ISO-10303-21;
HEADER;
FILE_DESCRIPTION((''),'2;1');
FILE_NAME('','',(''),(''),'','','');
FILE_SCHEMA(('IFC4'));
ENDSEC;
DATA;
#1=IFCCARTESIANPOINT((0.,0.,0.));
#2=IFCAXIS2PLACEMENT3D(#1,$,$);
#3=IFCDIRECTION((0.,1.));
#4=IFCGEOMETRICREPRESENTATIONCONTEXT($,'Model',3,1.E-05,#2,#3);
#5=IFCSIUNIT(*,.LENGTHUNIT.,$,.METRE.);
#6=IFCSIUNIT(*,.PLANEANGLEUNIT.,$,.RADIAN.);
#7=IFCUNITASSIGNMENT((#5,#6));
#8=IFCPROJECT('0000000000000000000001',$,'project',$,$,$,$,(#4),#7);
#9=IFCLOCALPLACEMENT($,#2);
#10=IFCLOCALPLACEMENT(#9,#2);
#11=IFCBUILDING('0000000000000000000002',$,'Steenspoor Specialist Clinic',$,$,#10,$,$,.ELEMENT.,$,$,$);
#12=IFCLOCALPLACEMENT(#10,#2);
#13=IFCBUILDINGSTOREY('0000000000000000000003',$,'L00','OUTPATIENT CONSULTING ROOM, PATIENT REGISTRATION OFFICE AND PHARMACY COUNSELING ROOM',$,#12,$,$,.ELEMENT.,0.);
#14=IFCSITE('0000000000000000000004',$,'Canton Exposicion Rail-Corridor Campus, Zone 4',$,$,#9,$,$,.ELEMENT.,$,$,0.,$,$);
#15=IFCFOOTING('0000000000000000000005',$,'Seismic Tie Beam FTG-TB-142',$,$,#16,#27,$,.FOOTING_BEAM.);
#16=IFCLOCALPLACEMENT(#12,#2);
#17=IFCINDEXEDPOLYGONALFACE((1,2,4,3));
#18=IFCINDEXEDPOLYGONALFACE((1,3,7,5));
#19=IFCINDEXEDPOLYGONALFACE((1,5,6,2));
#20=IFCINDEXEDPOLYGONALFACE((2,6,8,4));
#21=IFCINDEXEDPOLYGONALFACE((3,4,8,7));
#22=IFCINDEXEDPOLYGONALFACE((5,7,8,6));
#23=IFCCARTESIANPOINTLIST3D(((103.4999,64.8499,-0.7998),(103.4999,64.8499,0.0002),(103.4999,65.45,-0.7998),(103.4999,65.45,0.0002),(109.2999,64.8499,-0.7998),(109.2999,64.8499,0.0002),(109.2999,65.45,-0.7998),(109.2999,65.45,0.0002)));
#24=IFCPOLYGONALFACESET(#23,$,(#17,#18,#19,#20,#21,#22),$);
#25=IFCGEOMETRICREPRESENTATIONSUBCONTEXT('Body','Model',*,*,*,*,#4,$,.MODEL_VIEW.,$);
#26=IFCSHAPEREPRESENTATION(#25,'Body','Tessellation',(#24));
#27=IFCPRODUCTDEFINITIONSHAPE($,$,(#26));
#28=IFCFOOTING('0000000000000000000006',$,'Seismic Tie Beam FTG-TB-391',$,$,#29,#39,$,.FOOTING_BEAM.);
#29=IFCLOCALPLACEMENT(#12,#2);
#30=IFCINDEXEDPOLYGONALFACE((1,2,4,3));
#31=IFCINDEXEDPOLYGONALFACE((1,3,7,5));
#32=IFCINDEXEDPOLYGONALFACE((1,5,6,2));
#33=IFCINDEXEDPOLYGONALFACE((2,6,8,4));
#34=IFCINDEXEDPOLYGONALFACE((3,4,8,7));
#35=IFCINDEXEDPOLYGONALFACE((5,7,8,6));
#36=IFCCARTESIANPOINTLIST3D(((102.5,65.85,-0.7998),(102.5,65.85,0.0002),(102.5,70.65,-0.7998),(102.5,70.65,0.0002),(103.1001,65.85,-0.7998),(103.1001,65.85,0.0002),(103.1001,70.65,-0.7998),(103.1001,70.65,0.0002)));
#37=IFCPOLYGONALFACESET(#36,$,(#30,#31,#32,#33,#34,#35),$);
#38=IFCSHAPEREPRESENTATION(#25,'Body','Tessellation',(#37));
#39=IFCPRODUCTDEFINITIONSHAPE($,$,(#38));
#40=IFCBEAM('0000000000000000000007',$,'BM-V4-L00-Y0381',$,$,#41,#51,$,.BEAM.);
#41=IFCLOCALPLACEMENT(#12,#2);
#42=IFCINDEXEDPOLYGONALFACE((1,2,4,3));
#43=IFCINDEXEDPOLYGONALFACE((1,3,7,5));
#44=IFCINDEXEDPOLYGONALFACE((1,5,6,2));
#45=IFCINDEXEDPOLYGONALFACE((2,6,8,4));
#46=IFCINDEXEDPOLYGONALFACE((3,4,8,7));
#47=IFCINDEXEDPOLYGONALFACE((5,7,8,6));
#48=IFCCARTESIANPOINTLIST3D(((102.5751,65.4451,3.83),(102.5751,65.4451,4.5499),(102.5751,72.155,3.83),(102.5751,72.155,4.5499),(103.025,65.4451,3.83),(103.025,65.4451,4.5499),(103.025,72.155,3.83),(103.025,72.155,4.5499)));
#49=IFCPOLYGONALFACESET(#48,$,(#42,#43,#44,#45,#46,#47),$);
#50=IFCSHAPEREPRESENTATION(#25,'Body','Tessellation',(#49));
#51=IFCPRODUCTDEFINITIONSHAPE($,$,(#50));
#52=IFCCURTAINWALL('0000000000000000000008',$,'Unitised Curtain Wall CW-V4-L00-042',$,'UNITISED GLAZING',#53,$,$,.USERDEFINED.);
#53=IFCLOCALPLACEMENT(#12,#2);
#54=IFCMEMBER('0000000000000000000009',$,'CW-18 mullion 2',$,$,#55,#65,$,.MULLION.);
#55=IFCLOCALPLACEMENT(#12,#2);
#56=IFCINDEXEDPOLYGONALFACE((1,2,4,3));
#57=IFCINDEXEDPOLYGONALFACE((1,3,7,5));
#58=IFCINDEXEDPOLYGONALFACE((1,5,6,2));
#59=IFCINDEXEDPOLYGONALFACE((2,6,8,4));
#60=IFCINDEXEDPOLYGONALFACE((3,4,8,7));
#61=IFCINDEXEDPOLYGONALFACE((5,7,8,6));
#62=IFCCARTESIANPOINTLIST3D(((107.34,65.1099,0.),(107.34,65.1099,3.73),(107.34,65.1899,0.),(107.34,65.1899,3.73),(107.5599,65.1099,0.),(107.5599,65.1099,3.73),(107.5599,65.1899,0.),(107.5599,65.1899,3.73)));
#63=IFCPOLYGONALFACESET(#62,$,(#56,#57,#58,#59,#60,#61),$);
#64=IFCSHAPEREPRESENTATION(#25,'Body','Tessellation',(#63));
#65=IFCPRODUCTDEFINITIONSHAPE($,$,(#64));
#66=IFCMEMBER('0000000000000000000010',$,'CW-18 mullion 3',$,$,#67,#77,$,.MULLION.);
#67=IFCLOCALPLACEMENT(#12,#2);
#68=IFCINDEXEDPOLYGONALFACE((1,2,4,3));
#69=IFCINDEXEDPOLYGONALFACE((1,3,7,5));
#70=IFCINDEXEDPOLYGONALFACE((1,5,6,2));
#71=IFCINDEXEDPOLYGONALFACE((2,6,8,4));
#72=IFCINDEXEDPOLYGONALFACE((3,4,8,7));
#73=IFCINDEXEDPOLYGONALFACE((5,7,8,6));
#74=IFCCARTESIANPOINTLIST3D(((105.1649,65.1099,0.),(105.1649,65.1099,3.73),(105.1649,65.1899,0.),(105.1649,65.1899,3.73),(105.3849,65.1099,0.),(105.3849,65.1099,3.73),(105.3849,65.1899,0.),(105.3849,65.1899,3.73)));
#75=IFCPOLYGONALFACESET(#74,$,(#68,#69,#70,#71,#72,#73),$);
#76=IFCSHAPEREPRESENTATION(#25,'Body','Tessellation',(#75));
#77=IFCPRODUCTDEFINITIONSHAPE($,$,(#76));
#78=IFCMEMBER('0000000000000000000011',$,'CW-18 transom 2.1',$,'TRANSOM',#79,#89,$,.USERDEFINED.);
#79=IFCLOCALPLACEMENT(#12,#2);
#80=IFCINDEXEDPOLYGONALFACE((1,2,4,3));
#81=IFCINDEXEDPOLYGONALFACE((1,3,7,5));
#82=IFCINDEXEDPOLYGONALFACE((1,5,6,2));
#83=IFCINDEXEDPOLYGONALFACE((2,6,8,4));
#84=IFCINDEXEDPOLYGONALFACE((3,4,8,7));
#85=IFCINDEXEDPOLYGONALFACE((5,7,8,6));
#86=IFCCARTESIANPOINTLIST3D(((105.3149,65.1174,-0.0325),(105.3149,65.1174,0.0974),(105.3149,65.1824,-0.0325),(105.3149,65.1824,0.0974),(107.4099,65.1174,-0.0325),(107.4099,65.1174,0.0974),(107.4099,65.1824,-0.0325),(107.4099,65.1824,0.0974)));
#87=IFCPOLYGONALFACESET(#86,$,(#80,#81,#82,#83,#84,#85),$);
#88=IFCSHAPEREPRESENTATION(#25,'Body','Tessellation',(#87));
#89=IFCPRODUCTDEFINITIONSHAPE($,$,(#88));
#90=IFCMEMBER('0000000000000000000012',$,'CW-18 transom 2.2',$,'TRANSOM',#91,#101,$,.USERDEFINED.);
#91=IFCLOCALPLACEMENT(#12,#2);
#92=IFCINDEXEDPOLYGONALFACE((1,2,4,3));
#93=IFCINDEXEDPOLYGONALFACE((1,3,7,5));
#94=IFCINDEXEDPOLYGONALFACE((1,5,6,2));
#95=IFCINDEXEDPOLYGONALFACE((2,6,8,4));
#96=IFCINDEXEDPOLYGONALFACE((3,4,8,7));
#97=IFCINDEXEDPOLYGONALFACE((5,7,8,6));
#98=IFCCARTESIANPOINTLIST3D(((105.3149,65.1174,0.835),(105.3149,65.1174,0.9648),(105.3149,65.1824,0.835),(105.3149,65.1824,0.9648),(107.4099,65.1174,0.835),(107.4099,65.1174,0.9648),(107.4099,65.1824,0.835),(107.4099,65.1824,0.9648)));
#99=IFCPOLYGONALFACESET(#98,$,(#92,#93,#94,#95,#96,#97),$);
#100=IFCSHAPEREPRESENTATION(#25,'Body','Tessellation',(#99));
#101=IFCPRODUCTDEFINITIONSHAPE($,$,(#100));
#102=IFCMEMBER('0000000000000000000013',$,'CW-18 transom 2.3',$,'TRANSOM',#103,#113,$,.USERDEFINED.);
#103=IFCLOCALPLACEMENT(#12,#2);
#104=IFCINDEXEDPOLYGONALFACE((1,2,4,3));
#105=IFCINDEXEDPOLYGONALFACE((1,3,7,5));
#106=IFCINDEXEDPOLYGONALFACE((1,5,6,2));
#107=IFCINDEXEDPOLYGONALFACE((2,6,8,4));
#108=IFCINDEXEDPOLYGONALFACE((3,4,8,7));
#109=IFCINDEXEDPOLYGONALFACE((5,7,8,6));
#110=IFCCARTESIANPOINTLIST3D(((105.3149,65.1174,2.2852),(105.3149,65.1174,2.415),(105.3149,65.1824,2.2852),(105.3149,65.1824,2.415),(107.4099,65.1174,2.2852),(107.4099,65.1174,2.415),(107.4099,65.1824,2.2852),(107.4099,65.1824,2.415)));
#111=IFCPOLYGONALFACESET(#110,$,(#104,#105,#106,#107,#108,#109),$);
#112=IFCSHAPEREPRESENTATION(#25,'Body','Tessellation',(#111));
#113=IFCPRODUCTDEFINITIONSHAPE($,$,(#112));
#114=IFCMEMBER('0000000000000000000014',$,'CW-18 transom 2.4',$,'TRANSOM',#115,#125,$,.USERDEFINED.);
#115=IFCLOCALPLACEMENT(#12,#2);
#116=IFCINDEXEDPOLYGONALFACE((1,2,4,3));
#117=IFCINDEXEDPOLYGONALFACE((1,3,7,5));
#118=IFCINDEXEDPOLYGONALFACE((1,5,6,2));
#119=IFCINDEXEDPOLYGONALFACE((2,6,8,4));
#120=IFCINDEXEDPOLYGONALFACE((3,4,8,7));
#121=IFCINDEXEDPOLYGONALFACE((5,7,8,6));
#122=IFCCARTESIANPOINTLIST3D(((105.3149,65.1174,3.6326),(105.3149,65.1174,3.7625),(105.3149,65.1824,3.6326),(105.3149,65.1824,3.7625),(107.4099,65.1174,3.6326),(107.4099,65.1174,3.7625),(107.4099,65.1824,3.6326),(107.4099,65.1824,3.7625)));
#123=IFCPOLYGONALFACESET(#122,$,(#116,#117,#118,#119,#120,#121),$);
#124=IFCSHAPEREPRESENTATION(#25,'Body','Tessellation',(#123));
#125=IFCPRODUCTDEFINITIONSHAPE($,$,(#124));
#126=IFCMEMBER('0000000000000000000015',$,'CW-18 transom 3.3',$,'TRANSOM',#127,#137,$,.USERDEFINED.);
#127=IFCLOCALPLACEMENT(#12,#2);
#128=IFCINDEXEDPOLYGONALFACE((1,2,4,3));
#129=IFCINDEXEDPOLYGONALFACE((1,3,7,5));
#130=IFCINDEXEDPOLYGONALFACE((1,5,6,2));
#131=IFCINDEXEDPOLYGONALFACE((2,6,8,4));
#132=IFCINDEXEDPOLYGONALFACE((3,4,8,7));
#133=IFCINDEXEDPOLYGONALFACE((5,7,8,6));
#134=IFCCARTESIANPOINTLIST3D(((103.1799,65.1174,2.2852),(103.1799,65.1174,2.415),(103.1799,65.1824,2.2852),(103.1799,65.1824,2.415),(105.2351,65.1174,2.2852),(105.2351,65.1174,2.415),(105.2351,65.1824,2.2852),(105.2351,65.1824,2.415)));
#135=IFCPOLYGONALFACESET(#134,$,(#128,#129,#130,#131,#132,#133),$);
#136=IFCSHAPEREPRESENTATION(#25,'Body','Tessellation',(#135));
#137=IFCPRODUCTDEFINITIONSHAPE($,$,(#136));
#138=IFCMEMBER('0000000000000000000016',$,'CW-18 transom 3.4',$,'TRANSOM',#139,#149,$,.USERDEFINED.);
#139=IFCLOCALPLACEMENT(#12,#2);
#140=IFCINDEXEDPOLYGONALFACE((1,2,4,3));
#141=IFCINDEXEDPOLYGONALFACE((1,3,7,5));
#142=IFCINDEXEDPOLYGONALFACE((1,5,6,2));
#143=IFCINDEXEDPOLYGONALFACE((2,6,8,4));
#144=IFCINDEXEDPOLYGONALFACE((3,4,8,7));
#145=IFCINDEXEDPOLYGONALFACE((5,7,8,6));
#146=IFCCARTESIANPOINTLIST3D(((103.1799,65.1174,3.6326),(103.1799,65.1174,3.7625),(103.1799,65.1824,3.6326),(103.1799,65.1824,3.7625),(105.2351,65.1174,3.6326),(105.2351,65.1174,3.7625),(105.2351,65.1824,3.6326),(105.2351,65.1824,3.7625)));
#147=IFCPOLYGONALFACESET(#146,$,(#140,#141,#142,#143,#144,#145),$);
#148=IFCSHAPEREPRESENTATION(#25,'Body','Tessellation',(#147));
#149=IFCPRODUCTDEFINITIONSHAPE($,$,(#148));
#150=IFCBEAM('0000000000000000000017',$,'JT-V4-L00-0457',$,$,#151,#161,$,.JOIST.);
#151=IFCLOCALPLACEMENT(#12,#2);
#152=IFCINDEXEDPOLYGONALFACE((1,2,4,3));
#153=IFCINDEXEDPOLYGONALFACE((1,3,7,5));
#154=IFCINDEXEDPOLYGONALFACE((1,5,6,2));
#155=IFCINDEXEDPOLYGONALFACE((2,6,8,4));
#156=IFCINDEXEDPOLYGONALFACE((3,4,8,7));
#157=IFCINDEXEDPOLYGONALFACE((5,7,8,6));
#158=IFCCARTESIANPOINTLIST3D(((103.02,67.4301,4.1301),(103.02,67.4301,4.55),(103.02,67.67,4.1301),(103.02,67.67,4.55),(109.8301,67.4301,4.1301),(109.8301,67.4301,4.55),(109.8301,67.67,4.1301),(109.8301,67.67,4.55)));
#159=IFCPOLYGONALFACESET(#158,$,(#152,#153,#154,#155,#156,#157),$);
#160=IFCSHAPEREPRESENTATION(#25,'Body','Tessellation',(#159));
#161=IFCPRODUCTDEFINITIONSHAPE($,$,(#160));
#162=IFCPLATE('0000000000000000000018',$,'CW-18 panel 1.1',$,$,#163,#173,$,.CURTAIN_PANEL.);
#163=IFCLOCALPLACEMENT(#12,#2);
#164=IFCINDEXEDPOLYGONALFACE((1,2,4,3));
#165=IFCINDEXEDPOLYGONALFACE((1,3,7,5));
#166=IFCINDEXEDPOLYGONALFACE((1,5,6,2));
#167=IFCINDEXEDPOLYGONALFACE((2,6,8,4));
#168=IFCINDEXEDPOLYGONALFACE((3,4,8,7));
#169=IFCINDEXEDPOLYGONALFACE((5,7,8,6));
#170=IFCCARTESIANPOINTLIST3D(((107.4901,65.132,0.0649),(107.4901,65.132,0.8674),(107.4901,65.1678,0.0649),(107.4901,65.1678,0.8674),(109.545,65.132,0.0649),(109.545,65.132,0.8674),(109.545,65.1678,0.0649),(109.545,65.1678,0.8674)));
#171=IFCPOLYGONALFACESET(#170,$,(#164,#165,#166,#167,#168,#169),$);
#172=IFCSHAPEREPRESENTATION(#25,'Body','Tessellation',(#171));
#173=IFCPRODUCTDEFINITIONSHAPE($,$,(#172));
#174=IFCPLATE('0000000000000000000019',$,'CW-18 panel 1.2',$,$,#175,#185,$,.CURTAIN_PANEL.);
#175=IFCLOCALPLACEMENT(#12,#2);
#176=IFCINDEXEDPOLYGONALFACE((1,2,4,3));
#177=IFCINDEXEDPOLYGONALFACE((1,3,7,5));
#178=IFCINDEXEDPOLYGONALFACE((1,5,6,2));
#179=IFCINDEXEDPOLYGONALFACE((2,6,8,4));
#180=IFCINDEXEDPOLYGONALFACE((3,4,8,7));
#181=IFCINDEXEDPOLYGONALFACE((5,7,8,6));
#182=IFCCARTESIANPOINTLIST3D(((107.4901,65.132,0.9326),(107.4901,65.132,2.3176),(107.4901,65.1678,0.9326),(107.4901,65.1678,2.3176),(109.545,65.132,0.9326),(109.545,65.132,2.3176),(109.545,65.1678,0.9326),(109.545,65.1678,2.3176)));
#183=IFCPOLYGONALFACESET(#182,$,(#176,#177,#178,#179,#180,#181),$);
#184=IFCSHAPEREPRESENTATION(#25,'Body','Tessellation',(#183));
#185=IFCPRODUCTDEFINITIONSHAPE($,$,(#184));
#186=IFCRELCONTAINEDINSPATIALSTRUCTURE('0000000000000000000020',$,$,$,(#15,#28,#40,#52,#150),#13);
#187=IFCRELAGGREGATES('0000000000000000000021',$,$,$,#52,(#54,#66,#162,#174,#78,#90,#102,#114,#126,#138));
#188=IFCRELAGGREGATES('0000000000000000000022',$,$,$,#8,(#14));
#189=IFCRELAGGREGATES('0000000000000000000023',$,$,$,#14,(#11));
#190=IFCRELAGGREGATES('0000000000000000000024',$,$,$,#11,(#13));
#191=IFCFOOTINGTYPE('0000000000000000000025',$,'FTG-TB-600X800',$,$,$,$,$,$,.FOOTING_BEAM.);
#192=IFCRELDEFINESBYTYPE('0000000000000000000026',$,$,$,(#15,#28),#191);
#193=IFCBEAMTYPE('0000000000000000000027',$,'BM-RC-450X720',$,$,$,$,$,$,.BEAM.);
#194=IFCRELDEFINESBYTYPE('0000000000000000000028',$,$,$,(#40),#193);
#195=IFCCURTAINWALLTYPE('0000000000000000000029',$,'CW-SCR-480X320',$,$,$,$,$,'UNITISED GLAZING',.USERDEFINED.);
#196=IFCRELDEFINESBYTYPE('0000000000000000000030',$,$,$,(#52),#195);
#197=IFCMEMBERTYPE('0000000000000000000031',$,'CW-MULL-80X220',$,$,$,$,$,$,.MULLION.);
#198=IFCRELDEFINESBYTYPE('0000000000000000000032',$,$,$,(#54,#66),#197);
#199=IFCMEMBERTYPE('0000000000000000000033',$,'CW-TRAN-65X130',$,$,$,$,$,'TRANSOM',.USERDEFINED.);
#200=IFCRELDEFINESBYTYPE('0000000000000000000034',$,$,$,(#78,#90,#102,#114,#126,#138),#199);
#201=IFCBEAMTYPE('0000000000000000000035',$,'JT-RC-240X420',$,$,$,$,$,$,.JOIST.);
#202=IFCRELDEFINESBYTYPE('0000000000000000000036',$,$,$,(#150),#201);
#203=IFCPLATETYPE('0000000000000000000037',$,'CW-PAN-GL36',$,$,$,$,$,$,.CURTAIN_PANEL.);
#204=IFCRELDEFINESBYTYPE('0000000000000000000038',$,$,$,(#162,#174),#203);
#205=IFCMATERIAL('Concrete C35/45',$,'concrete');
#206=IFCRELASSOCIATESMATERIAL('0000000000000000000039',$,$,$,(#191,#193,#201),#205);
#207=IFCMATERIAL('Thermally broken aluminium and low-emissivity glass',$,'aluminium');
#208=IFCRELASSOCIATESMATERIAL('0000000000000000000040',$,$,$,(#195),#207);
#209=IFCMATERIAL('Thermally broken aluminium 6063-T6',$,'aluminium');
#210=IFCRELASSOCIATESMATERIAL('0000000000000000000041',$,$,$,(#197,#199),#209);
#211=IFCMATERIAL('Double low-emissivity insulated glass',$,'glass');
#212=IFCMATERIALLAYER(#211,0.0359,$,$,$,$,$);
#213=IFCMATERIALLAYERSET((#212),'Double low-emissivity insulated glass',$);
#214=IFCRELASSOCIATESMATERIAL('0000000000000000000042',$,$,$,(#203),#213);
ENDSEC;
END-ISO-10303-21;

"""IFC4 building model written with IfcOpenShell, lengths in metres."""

from ifc_helpers import new_model, si_unit, direction, frame, origin, origin_2d, place, context, subcontext, project, spatial, rectangle, extrude, material, layer, layer_set, material_profile, profile_set, type_object, element, aggregate, save


model = new_model("IFC4")

# Units and contexts
model_context = context("Model", 3, precision=1e-05, world=origin(), true_north=direction((0.0, 1.0)))
body_context = subcontext(model_context, "Body", "Model", "MODEL_VIEW")
ifc_project = project(units=[si_unit("LENGTHUNIT", "METRE"), si_unit("PLANEANGLEUNIT", "RADIAN")], contexts=[model_context])

# Site, building, storey
site_placement = place(None, origin())
site = spatial("IfcSite", under=ifc_project, at=site_placement, Name="Canton Exposicion Rail-Corridor Campus, Zone 4", CompositionType="ELEMENT", RefElevation=0.0)
building_placement = place(site_placement, origin())
building = spatial("IfcBuilding", under=site, at=building_placement, Name="Steenspoor Specialist Clinic", CompositionType="ELEMENT")
storey_placement = place(building_placement, origin())
storey = spatial("IfcBuildingStorey", under=building, at=storey_placement, Name="L00", Description="OUTPATIENT CONSULTING ROOM, PATIENT REGISTRATION OFFICE AND PHARMACY COUNSELING ROOM", CompositionType="ELEMENT", Elevation=0.0)

# Footings
ifc_material_1 = material(Name="Concrete C35/45", Category="concrete")
footing_type = type_object("IfcFootingType", Name="FTG-TB-600X800", PredefinedType="FOOTING_BEAM", material=ifc_material_1)
footing_1_placement = place(storey_placement, frame((106.3999, 65.1499, -0.7998), z_axis=(0.0, 0.0, 1.0), x_axis=(1.0, 0.0, 0.0)))
element("IfcFooting", 1, at=footing_1_placement, inside=storey, type_object=footing_type, Name="Seismic Tie Beam FTG-TB-142", PredefinedType="FOOTING_BEAM", context=body_context, shape_type="SweptSolid", body=[
    extrude(rectangle(XDim=5.8, YDim=0.6001, at=origin_2d()), origin(), (0.0, 0.0, 1.0), 0.8),
])
footing_2_placement = place(storey_placement, frame((102.8, 68.25, -0.7998), z_axis=(0.0, 0.0, 1.0), x_axis=(1.0, 0.0, 0.0)))
element("IfcFooting", 2, at=footing_2_placement, inside=storey, type_object=footing_type, Name="Seismic Tie Beam FTG-TB-391", PredefinedType="FOOTING_BEAM", context=body_context, shape_type="SweptSolid", body=[
    extrude(rectangle(XDim=0.6001, YDim=4.8, at=origin_2d()), origin(), (0.0, 0.0, 1.0), 0.8),
])

# Beam
ifc_material_profile_1 = material_profile(ifc_material_1, rectangle(XDim=0.45, YDim=0.72, at=origin_2d()), Name="RC-BM-450X720")
ifc_profile_set_1 = profile_set([ifc_material_profile_1], Name="Concrete C35/45")
beam_type_1 = type_object("IfcBeamType", Name="BM-RC-450X720", PredefinedType="BEAM", material=ifc_profile_set_1)
beam_1_placement = place(storey_placement, frame((102.8, 65.4451, 4.1899), z_axis=(0.0, 1.0, 0.0), x_axis=(-1.0, 0.0, 0.0)))
element("IfcBeam", 3, at=beam_1_placement, inside=storey, type_object=beam_type_1, Name="BM-V4-L00-Y0381", PredefinedType="BEAM", context=body_context, shape_type="SweptSolid", body=[
    extrude(rectangle(XDim=0.45, YDim=0.72, at=origin_2d()), origin(), (0.0, 0.0, 1.0), 6.71),
])

# Curtain wall, members
ifc_material_2 = material(Name="Thermally broken aluminium and low-emissivity glass", Category="aluminium")
curtain_wall_type = type_object("IfcCurtainWallType", Name="CW-SCR-480X320", ElementType="UNITISED GLAZING", PredefinedType="USERDEFINED", material=ifc_material_2)
curtain_wall_placement = place(storey_placement, origin())
curtain_wall = element("IfcCurtainWall", 4, at=curtain_wall_placement, inside=storey, type_object=curtain_wall_type, Name="Unitised Curtain Wall CW-V4-L00-042", ObjectType="UNITISED GLAZING", PredefinedType="USERDEFINED")
ifc_material_3 = material(Name="Thermally broken aluminium 6063-T6", Category="aluminium")
ifc_material_profile_2 = material_profile(ifc_material_3, rectangle(XDim=0.0801, YDim=0.22, at=origin_2d()), Name="CWM-80X220")
ifc_profile_set_2 = profile_set([ifc_material_profile_2], Name="Thermally broken aluminium 6063-T6")
member_type_1 = type_object("IfcMemberType", Name="CW-MULL-80X220", PredefinedType="MULLION", material=ifc_profile_set_2)
member_1_placement = place(storey_placement, frame((107.45, 65.1499, 0.0), z_axis=(0.0, 0.0, 1.0), x_axis=(0.0, -1.0, 0.0)))
member_1 = element("IfcMember", 5, at=member_1_placement, type_object=member_type_1, Name="CW-18 mullion 2", PredefinedType="MULLION", context=body_context, shape_type="SweptSolid", body=[
    extrude(rectangle(XDim=0.0801, YDim=0.22, at=origin_2d()), origin(), (0.0, 0.0, 1.0), 3.73),
])
member_2_placement = place(storey_placement, frame((105.2749, 65.1499, 0.0), z_axis=(0.0, 0.0, 1.0), x_axis=(0.0, -1.0, 0.0)))
member_2 = element("IfcMember", 6, at=member_2_placement, type_object=member_type_1, Name="CW-18 mullion 3", PredefinedType="MULLION", context=body_context, shape_type="SweptSolid", body=[
    extrude(rectangle(XDim=0.0801, YDim=0.22, at=origin_2d()), origin(), (0.0, 0.0, 1.0), 3.73),
])
ifc_material_profile_3 = material_profile(ifc_material_3, rectangle(XDim=0.0649, YDim=0.1299, at=origin_2d()), Name="CWT-65X130")
ifc_profile_set_3 = profile_set([ifc_material_profile_3], Name="Thermally broken aluminium 6063-T6")
member_type_2 = type_object("IfcMemberType", Name="CW-TRAN-65X130", ElementType="TRANSOM", PredefinedType="USERDEFINED", material=ifc_profile_set_3)
member_3_placement = place(storey_placement, frame((107.4099, 65.1499, 0.0325), z_axis=(-1.0, 0.0, 0.0), x_axis=(0.0, -1.0, 0.0)))
member_3 = element("IfcMember", 7, at=member_3_placement, type_object=member_type_2, Name="CW-18 transom 2.1", ObjectType="TRANSOM", PredefinedType="USERDEFINED", context=body_context, shape_type="SweptSolid", body=[
    extrude(rectangle(XDim=0.0649, YDim=0.1299, at=origin_2d()), origin(), (0.0, 0.0, 1.0), 2.095),
])
member_4_placement = place(storey_placement, frame((107.4099, 65.1499, 0.8999), z_axis=(-1.0, 0.0, 0.0), x_axis=(0.0, -1.0, 0.0)))
member_4 = element("IfcMember", 8, at=member_4_placement, type_object=member_type_2, Name="CW-18 transom 2.2", ObjectType="TRANSOM", PredefinedType="USERDEFINED", context=body_context, shape_type="SweptSolid", body=[
    extrude(rectangle(XDim=0.0649, YDim=0.1299, at=origin_2d()), origin(), (0.0, 0.0, 1.0), 2.095),
])
member_5_placement = place(storey_placement, frame((107.4099, 65.1499, 2.3501), z_axis=(-1.0, 0.0, 0.0), x_axis=(0.0, -1.0, 0.0)))
member_5 = element("IfcMember", 9, at=member_5_placement, type_object=member_type_2, Name="CW-18 transom 2.3", ObjectType="TRANSOM", PredefinedType="USERDEFINED", context=body_context, shape_type="SweptSolid", body=[
    extrude(rectangle(XDim=0.0649, YDim=0.1299, at=origin_2d()), origin(), (0.0, 0.0, 1.0), 2.095),
])
member_6_placement = place(storey_placement, frame((107.4099, 65.1499, 3.6975), z_axis=(-1.0, 0.0, 0.0), x_axis=(0.0, -1.0, 0.0)))
member_6 = element("IfcMember", 10, at=member_6_placement, type_object=member_type_2, Name="CW-18 transom 2.4", ObjectType="TRANSOM", PredefinedType="USERDEFINED", context=body_context, shape_type="SweptSolid", body=[
    extrude(rectangle(XDim=0.0649, YDim=0.1299, at=origin_2d()), origin(), (0.0, 0.0, 1.0), 2.095),
])
member_7_placement = place(storey_placement, frame((105.2351, 65.1499, 2.3501), z_axis=(-1.0, 0.0, 0.0), x_axis=(0.0, -1.0, 0.0)))
member_7 = element("IfcMember", 11, at=member_7_placement, type_object=member_type_2, Name="CW-18 transom 3.3", ObjectType="TRANSOM", PredefinedType="USERDEFINED", context=body_context, shape_type="SweptSolid", body=[
    extrude(rectangle(XDim=0.0649, YDim=0.1299, at=origin_2d()), origin(), (0.0, 0.0, 1.0), 2.0552),
])
member_8_placement = place(storey_placement, frame((105.2351, 65.1499, 3.6975), z_axis=(-1.0, 0.0, 0.0), x_axis=(0.0, -1.0, 0.0)))
member_8 = element("IfcMember", 12, at=member_8_placement, type_object=member_type_2, Name="CW-18 transom 3.4", ObjectType="TRANSOM", PredefinedType="USERDEFINED", context=body_context, shape_type="SweptSolid", body=[
    extrude(rectangle(XDim=0.0649, YDim=0.1299, at=origin_2d()), origin(), (0.0, 0.0, 1.0), 2.0552),
])

# Beam
ifc_material_profile_4 = material_profile(ifc_material_1, rectangle(XDim=0.24, YDim=0.4199, at=origin_2d()), Name="RC-JT-240X420")
ifc_profile_set_4 = profile_set([ifc_material_profile_4], Name="Concrete C35/45")
beam_type_2 = type_object("IfcBeamType", Name="JT-RC-240X420", PredefinedType="JOIST", material=ifc_profile_set_4)
beam_2_placement = place(storey_placement, frame((103.02, 67.55, 4.3401), z_axis=(1.0, 0.0, 0.0), x_axis=(0.0, 1.0, 0.0)))
element("IfcBeam", 13, at=beam_2_placement, inside=storey, type_object=beam_type_2, Name="JT-V4-L00-0457", PredefinedType="JOIST", context=body_context, shape_type="SweptSolid", body=[
    extrude(rectangle(XDim=0.24, YDim=0.4199, at=origin_2d()), origin(), (0.0, 0.0, 1.0), 6.8101),
])

# Plates
ifc_material_4 = material(Name="Double low-emissivity insulated glass", Category="glass")
ifc_layer_1 = layer(ifc_material_4, 0.0359)
ifc_layer_set_1 = layer_set([ifc_layer_1], Name="Double low-emissivity insulated glass")
plate_type = type_object("IfcPlateType", Name="CW-PAN-GL36", PredefinedType="CURTAIN_PANEL", material=ifc_layer_set_1)
plate_1_placement = place(storey_placement, frame((108.5176, 65.1499, 0.0649), z_axis=(0.0, 0.0, 1.0), x_axis=(-1.0, 0.0, 0.0)))
plate_1 = element("IfcPlate", 14, at=plate_1_placement, type_object=plate_type, Name="CW-18 panel 1.1", PredefinedType="CURTAIN_PANEL", context=body_context, shape_type="SweptSolid", body=[
    extrude(rectangle(XDim=2.0549, YDim=0.0359, at=origin_2d()), origin(), (0.0, 0.0, 1.0), 0.8025),
])
plate_2_placement = place(storey_placement, frame((108.5176, 65.1499, 0.9326), z_axis=(0.0, 0.0, 1.0), x_axis=(-1.0, 0.0, 0.0)))
plate_2 = element("IfcPlate", 15, at=plate_2_placement, type_object=plate_type, Name="CW-18 panel 1.2", PredefinedType="CURTAIN_PANEL", context=body_context, shape_type="SweptSolid", body=[
    extrude(rectangle(XDim=2.0549, YDim=0.0359, at=origin_2d()), origin(), (0.0, 0.0, 1.0), 1.385),
])
aggregate(curtain_wall, [member_1, member_2, plate_1, plate_2, member_3, member_4, member_5, member_6, member_7, member_8])

save(model, "model.ifc")
